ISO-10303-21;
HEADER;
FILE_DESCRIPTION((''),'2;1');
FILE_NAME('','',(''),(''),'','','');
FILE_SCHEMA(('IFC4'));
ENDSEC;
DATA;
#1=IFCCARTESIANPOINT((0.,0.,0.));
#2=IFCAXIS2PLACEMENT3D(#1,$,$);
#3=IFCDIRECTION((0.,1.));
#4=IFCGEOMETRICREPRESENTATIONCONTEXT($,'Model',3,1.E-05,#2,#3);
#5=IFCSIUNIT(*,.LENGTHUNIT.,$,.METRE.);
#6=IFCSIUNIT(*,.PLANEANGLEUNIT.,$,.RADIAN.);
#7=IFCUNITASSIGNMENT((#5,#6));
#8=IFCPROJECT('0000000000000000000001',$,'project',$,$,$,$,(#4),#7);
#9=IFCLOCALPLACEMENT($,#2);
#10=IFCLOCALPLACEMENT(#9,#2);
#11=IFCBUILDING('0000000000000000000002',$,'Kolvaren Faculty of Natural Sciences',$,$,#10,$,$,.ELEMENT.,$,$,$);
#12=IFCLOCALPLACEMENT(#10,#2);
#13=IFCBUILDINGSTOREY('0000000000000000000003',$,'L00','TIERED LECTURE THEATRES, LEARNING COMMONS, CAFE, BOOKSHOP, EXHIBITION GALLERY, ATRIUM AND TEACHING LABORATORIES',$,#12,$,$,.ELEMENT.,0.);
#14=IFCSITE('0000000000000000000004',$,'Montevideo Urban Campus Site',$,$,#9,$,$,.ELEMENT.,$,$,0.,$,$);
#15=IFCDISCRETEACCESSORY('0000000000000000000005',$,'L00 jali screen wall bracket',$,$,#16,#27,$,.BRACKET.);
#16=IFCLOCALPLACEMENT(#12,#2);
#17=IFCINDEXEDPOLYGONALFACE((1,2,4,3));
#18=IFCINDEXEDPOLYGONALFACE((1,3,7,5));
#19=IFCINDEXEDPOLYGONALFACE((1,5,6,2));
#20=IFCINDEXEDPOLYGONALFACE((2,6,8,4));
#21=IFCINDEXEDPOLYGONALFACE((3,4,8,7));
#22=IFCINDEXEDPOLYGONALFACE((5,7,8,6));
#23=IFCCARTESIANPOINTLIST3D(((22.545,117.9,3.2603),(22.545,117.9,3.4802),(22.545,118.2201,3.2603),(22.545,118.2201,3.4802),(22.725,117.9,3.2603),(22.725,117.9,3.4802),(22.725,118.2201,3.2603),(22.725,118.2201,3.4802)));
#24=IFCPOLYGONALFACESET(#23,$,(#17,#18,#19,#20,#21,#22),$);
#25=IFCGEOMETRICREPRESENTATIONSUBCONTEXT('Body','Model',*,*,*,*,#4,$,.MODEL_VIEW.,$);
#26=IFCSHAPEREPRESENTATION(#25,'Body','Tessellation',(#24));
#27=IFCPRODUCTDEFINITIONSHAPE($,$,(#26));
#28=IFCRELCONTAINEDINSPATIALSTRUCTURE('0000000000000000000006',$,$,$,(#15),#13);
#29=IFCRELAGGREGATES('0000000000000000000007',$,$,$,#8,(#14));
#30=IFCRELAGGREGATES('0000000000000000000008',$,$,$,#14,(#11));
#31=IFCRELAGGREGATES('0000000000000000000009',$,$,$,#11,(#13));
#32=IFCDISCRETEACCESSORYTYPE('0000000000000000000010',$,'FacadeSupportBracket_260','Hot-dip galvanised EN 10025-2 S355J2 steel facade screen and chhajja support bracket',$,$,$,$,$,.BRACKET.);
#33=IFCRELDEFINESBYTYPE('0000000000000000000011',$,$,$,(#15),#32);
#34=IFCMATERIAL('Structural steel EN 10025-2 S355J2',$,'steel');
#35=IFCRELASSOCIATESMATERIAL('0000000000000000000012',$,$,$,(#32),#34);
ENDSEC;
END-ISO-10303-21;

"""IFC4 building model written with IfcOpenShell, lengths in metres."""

from ifc_helpers import new_model, si_unit, direction, frame, origin, origin_2d, place, context, subcontext, project, spatial, rectangle, extrude, material, type_object, element, save


model = new_model("IFC4")

# Units and contexts
model_context = context("Model", 3, precision=1e-05, world=origin(), true_north=direction((0.0, 1.0)))
body_context = subcontext(model_context, "Body", "Model", "MODEL_VIEW")
ifc_project = project(units=[si_unit("LENGTHUNIT", "METRE"), si_unit("PLANEANGLEUNIT", "RADIAN")], contexts=[model_context])

# Site, building, storey
site_placement = place(None, origin())
site = spatial("IfcSite", under=ifc_project, at=site_placement, Name="Montevideo Urban Campus Site", CompositionType="ELEMENT", RefElevation=0.0)
building_placement = place(site_placement, origin())
building = spatial("IfcBuilding", under=site, at=building_placement, Name="Kolvaren Faculty of Natural Sciences", CompositionType="ELEMENT")
storey_placement = place(building_placement, origin())
storey = spatial("IfcBuildingStorey", under=building, at=storey_placement, Name="L00", Description="TIERED LECTURE THEATRES, LEARNING COMMONS, CAFE, BOOKSHOP, EXHIBITION GALLERY, ATRIUM AND TEACHING LABORATORIES", CompositionType="ELEMENT", Elevation=0.0)

# Discrete accessory
ifc_material_1 = material(Name="Structural steel EN 10025-2 S355J2", Category="steel")
discrete_accessory_type = type_object("IfcDiscreteAccessoryType", Name="FacadeSupportBracket_260", Description="Hot-dip galvanised EN 10025-2 S355J2 steel facade screen and chhajja support bracket", PredefinedType="BRACKET", material=ifc_material_1)
for number, where, z_axis, x_axis, name in (
    (1, (22.635, 118.0601, 3.2603), (0.0, 0.0, 1.0), (1.0, 0.0, 0.0), "L00 jali screen wall bracket"),
):
    element("IfcDiscreteAccessory", number, at=place(storey_placement, frame(where, z_axis=z_axis, x_axis=x_axis)), inside=storey, type_object=discrete_accessory_type, Name=name, PredefinedType="BRACKET", context=body_context, shape_type="SweptSolid", body=[
        extrude(rectangle(XDim=0.1799, YDim=0.3201, at=origin_2d()), origin(), (0.0, 0.0, 1.0), 0.22),
    ])

save(model, "model.ifc")
